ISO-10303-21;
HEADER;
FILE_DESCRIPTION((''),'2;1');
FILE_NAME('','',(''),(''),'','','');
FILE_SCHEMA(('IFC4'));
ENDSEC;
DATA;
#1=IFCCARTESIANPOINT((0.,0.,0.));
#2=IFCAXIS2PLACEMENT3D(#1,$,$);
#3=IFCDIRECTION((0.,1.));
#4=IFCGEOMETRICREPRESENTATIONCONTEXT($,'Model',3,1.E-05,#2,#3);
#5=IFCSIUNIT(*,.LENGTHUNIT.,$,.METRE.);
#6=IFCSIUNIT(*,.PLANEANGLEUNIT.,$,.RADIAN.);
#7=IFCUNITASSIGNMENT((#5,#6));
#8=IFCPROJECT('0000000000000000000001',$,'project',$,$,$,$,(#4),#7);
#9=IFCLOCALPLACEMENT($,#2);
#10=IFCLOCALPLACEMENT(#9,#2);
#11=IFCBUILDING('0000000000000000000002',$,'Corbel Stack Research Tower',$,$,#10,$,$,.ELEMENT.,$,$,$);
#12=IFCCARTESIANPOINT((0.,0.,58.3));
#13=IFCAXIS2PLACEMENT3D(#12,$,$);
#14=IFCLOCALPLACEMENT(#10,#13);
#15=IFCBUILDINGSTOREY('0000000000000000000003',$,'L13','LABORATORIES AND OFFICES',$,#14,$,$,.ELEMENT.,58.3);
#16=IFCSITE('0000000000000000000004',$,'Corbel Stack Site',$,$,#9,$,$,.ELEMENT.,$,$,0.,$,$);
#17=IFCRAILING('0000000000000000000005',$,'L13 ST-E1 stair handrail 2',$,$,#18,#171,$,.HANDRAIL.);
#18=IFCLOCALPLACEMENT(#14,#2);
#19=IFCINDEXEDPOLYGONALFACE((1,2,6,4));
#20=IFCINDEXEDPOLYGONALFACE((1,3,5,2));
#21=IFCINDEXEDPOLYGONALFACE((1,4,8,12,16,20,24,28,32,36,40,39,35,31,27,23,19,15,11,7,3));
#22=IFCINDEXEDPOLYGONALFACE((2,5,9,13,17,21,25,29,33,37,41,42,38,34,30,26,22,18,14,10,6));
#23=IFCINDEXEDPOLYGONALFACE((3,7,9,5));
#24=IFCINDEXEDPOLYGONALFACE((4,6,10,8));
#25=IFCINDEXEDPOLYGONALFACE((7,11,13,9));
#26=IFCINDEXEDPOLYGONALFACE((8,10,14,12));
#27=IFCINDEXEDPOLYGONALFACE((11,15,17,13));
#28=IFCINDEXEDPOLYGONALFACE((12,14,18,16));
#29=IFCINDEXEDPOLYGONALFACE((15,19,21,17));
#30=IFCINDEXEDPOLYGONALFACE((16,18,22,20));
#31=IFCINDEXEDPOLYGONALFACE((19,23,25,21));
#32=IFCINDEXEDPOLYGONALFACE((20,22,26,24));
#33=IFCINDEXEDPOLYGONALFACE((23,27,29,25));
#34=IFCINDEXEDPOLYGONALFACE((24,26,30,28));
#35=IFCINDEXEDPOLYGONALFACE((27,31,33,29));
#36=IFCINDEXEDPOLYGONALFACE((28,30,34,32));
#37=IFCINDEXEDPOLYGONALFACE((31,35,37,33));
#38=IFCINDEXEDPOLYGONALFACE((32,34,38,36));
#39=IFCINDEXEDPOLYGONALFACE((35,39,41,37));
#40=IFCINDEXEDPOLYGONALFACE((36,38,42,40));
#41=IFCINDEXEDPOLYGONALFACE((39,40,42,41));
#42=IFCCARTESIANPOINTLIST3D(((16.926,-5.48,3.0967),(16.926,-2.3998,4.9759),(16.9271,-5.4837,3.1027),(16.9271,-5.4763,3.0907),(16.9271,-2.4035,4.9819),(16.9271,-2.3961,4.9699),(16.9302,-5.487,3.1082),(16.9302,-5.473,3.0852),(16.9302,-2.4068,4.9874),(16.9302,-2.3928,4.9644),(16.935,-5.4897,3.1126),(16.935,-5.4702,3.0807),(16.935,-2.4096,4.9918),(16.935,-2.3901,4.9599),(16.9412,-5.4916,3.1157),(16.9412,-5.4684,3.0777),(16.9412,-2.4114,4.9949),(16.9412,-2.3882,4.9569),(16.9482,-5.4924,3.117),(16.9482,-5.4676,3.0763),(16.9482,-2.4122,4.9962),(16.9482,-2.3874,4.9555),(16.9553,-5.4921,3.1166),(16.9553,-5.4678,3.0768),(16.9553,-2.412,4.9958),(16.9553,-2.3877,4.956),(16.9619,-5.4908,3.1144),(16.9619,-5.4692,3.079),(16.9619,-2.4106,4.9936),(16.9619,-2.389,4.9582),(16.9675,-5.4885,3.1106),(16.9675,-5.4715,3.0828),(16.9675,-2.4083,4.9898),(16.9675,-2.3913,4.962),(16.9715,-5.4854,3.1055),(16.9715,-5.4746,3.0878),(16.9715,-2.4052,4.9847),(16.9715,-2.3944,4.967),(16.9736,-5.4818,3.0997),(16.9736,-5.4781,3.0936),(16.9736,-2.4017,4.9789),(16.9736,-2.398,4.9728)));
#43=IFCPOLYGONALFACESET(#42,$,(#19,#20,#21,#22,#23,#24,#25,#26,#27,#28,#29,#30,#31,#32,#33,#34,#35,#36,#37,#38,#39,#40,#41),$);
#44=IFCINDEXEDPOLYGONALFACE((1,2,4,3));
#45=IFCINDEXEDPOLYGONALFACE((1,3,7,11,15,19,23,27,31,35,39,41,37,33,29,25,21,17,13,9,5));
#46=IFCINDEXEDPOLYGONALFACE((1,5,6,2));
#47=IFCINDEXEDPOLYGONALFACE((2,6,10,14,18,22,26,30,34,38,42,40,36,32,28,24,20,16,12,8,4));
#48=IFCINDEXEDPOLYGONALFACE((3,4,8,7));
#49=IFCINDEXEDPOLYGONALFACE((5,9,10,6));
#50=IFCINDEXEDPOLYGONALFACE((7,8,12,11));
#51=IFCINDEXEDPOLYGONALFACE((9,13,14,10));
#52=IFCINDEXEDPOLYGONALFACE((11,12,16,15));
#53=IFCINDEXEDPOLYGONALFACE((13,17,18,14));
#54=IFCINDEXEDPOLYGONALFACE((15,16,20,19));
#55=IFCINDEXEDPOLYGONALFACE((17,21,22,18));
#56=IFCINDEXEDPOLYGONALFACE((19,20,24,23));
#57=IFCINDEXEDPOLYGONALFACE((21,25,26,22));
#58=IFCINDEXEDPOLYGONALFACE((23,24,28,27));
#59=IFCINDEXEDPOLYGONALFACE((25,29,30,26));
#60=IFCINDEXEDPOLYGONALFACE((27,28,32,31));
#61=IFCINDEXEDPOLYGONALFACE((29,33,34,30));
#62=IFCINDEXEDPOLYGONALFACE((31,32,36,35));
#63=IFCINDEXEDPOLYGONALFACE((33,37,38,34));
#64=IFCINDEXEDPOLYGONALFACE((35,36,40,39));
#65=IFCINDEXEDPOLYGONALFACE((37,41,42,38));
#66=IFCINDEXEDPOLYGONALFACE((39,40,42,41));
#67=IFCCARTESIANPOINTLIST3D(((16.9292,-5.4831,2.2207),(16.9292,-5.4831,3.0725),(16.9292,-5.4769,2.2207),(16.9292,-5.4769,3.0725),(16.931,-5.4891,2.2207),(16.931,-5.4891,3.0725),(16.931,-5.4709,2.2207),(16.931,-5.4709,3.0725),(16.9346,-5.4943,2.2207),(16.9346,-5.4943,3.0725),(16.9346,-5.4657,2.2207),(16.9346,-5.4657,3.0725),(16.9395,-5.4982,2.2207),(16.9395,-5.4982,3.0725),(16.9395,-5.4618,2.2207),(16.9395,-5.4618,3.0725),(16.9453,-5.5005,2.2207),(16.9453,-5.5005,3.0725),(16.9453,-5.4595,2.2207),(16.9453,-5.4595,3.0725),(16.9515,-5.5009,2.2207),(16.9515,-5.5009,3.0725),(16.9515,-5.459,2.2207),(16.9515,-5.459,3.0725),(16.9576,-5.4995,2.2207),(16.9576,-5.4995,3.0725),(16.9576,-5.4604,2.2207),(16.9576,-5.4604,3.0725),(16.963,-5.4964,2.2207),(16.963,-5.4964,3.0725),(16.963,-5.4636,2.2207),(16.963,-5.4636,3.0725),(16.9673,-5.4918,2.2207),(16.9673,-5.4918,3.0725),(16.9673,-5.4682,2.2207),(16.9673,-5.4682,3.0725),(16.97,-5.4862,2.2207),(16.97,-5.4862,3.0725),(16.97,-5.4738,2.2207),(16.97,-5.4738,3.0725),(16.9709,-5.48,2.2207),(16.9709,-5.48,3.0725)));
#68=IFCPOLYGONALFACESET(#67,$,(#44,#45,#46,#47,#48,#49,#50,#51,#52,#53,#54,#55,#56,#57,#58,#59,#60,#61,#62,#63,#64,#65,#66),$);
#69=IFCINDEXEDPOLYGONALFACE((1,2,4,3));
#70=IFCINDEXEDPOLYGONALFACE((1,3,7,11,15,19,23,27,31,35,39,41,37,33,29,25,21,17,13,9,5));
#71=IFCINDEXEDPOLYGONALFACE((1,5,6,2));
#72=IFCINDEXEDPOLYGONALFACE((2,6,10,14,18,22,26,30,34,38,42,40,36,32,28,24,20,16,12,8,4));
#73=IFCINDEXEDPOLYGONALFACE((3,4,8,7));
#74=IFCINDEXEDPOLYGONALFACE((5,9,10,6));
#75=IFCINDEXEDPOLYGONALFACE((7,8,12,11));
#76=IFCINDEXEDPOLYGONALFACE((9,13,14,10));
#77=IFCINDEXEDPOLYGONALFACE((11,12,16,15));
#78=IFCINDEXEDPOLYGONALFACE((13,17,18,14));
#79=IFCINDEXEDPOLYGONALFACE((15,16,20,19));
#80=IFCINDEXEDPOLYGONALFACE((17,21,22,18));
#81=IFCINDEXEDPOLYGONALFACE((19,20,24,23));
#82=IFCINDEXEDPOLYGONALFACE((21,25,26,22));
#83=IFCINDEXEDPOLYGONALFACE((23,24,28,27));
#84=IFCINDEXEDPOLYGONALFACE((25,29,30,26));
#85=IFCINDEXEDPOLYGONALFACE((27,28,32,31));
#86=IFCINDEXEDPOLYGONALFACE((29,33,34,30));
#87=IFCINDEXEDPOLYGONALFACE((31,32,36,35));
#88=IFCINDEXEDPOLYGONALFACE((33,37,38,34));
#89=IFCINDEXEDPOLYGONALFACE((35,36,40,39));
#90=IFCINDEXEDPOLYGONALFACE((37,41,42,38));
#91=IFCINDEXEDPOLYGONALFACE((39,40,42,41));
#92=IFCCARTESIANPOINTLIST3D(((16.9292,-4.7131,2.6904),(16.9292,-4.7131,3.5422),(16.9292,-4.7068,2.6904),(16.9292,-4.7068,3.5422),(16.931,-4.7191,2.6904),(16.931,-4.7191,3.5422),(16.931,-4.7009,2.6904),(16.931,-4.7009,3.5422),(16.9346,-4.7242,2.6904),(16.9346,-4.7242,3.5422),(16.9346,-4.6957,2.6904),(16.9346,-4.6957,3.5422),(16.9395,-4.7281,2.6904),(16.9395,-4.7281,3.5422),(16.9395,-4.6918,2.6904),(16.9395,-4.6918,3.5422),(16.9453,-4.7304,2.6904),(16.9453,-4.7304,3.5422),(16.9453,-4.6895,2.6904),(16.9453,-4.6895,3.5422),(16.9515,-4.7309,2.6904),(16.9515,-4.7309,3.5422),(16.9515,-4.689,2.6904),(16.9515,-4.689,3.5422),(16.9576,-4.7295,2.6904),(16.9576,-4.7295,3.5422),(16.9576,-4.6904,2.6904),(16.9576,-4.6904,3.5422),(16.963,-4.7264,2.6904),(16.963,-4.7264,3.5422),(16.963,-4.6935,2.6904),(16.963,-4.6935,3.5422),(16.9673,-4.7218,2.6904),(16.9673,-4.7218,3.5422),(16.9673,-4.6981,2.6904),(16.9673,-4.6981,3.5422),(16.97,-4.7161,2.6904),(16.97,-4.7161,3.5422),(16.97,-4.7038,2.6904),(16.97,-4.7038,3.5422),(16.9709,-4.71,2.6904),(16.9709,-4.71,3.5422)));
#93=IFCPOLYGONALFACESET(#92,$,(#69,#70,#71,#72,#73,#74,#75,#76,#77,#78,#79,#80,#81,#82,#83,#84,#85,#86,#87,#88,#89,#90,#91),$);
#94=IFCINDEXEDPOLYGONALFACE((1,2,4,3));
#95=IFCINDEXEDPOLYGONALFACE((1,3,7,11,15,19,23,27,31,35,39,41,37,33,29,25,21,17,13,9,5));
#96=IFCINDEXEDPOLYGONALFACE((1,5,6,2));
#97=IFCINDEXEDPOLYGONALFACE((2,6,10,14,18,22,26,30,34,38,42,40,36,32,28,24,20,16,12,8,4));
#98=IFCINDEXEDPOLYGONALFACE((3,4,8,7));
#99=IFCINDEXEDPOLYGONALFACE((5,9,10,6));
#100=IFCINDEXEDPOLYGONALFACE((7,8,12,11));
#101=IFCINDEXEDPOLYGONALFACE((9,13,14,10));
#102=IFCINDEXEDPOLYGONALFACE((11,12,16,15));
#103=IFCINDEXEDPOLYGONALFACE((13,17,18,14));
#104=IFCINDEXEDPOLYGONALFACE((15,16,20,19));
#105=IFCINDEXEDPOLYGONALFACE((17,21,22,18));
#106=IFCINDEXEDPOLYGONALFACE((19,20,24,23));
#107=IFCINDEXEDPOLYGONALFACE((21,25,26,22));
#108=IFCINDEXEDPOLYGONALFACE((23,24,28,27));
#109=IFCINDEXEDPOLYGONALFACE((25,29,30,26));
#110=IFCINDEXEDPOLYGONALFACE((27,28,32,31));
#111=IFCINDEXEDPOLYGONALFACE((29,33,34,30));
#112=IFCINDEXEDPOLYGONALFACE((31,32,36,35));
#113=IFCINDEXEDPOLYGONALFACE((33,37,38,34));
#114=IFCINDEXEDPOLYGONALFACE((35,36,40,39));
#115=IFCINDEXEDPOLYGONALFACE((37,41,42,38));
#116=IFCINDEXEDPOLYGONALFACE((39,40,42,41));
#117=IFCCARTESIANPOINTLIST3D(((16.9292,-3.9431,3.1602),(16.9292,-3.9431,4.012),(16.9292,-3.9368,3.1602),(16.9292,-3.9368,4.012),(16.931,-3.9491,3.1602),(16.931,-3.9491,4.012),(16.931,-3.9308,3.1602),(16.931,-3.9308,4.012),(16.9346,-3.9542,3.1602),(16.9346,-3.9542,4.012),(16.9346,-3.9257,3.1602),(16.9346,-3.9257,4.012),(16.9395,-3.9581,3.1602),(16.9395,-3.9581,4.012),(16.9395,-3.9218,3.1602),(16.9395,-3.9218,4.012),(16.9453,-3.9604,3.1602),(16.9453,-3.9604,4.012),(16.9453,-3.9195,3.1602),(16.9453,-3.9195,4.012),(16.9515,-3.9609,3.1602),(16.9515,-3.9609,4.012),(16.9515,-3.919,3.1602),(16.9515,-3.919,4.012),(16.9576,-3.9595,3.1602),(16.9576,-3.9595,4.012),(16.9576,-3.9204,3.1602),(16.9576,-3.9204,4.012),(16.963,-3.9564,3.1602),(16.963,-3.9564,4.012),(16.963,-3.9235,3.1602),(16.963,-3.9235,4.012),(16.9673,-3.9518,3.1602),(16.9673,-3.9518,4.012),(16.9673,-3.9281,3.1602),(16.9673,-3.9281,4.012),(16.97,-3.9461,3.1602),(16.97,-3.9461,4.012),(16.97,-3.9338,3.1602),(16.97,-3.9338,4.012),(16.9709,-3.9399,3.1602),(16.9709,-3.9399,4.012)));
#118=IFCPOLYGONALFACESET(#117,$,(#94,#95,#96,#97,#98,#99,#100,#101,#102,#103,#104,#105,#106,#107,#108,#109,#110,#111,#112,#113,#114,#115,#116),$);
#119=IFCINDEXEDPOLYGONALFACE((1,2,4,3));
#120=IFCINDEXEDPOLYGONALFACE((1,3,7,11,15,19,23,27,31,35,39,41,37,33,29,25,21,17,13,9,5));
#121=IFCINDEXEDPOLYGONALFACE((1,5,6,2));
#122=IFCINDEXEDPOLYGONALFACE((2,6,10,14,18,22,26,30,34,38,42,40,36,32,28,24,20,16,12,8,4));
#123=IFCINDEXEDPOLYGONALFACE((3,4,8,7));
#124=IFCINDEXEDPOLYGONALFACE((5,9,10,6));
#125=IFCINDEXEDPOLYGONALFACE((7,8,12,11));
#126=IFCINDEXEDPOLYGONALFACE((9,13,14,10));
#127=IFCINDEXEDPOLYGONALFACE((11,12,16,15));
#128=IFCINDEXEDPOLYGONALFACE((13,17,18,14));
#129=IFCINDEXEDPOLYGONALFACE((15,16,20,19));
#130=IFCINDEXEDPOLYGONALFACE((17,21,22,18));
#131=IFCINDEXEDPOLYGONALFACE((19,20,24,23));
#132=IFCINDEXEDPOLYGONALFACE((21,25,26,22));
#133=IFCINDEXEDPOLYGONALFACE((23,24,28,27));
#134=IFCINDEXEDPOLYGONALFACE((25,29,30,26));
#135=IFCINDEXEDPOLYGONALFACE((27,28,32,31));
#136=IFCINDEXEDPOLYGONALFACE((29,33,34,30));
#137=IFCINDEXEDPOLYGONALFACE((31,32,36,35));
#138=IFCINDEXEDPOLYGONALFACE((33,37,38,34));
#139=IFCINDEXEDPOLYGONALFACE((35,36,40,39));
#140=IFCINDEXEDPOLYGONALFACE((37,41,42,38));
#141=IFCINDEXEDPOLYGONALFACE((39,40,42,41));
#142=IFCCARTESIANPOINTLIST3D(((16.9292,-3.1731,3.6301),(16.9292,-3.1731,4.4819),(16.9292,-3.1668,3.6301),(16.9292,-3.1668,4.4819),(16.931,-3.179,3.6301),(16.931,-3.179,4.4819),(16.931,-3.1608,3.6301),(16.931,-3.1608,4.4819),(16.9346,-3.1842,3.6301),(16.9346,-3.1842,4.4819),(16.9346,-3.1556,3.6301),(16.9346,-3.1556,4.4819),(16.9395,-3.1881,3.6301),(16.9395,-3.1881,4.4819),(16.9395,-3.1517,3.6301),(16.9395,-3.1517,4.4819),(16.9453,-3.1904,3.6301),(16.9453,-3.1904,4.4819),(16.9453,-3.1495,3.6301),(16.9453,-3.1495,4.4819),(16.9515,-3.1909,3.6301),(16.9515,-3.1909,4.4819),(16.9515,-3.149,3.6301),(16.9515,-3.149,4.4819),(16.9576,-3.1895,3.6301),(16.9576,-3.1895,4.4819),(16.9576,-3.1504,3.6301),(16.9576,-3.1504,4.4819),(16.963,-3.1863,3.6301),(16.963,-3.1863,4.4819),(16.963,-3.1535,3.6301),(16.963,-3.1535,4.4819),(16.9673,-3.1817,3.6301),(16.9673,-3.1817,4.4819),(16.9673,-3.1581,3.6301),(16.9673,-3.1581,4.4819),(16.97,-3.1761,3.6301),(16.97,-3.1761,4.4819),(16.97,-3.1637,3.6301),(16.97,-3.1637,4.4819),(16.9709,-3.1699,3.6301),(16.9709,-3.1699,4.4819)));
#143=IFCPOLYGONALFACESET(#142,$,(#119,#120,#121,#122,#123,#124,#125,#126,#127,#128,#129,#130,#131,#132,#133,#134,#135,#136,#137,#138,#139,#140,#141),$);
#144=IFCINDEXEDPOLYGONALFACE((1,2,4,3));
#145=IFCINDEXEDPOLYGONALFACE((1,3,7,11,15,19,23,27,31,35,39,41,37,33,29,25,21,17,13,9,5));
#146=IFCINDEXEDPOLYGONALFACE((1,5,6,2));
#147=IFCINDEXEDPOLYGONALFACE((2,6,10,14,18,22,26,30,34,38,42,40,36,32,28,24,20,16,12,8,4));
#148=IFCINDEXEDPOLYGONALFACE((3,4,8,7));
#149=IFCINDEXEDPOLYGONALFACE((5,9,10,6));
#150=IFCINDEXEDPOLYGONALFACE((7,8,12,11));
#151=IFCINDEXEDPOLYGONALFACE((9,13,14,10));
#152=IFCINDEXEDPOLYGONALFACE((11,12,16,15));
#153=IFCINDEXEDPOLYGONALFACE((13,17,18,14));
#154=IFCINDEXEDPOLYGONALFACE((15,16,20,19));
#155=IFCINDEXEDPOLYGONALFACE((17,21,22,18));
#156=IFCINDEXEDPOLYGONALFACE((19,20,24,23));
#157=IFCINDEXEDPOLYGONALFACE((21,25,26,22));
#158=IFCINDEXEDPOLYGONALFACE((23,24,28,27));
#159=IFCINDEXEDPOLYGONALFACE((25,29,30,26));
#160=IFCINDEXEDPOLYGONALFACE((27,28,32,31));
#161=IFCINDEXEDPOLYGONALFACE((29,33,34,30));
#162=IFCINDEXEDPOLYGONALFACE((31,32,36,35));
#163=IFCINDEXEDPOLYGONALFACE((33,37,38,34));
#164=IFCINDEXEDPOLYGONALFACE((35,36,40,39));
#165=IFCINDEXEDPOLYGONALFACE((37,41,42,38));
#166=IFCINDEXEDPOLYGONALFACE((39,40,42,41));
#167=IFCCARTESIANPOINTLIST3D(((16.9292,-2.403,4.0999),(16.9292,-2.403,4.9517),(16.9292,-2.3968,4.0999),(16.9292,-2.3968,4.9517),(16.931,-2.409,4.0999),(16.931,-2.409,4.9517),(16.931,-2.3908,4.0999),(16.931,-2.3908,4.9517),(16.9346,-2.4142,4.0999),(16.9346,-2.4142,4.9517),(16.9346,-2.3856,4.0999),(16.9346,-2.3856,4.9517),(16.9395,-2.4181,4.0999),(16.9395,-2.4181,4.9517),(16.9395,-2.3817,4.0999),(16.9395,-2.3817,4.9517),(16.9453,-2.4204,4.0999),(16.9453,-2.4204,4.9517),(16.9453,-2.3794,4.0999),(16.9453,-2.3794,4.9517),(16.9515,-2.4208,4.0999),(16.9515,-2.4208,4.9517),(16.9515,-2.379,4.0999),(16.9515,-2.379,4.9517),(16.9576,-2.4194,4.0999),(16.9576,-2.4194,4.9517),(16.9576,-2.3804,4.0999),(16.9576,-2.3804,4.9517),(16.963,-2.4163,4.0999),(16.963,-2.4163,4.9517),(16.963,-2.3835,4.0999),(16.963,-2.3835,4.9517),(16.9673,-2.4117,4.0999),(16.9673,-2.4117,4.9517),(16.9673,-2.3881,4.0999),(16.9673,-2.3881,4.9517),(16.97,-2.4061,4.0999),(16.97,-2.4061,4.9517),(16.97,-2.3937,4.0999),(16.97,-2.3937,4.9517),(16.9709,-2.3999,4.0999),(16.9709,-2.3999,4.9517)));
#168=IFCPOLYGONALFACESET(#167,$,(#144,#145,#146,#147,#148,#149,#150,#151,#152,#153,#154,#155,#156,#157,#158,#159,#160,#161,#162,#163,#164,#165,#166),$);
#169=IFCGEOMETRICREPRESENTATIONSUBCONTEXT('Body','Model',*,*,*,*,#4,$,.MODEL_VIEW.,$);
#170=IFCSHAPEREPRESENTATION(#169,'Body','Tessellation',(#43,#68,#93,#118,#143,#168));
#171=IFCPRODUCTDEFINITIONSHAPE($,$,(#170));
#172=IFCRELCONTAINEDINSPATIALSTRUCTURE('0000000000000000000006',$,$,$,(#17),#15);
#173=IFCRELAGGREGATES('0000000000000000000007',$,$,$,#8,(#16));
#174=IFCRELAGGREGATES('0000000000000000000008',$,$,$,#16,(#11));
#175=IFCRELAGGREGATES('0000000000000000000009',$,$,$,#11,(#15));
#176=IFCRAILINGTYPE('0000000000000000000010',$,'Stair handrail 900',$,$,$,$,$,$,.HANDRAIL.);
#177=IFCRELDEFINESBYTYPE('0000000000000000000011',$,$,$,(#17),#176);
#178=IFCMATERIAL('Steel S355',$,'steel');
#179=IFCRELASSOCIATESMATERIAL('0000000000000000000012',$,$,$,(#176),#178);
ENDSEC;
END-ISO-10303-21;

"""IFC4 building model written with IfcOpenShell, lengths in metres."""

from ifc_helpers import new_model, si_unit, direction, frame, origin, origin_2d, place, context, subcontext, project, spatial, circle, extrude, material, type_object, element, save


model = new_model("IFC4")

# Units and contexts
model_context = context("Model", 3, precision=1e-05, world=origin(), true_north=direction((0.0, 1.0)))
body_context = subcontext(model_context, "Body", "Model", "MODEL_VIEW")
ifc_project = project(units=[si_unit("LENGTHUNIT", "METRE"), si_unit("PLANEANGLEUNIT", "RADIAN")], contexts=[model_context])

# Site, building, storey
site_placement = place(None, origin())
site = spatial("IfcSite", under=ifc_project, at=site_placement, Name="Corbel Stack Site", CompositionType="ELEMENT", RefElevation=0.0)
building_placement = place(site_placement, origin())
building = spatial("IfcBuilding", under=site, at=building_placement, Name="Corbel Stack Research Tower", CompositionType="ELEMENT")
storey_placement = place(building_placement, frame((0.0, 0.0, 58.3)))
storey = spatial("IfcBuildingStorey", under=building, at=storey_placement, Name="L13", Description="LABORATORIES AND OFFICES", CompositionType="ELEMENT", Elevation=58.3)

# Railing
ifc_material_1 = material(Name="Steel S355", Category="steel")
railing_type_1 = type_object("IfcRailingType", Name="Stair handrail 900", PredefinedType="HANDRAIL", material=ifc_material_1)
railing_1_placement = place(storey_placement, frame((16.95, -5.48, 2.2207)))
element("IfcRailing", 1, at=railing_1_placement, inside=storey, type_object=railing_type_1, Name="L13 ST-E1 stair handrail 2", PredefinedType="HANDRAIL", context=body_context, shape_type="SweptSolid", body=[
    extrude(circle(Radius=0.0239, at=origin_2d()), frame((0.0, 0.0, 0.876), z_axis=(0.0, 0.853666, 0.52082), x_axis=(-1.0, 0.0, 0.0)), (0.0, 0.0, 1.0), 3.6082),
    extrude(circle(Radius=0.021, at=origin_2d()), origin(), (0.0, 0.0, 1.0), 0.8518),
    extrude(circle(Radius=0.021, at=origin_2d()), frame((0.0, 0.77, 0.4697)), (0.0, 0.0, 1.0), 0.8518),
    extrude(circle(Radius=0.021, at=origin_2d()), frame((0.0, 1.54, 0.9395)), (0.0, 0.0, 1.0), 0.8518),
    extrude(circle(Radius=0.021, at=origin_2d()), frame((0.0, 2.3101, 1.4094)), (0.0, 0.0, 1.0), 0.8518),
    extrude(circle(Radius=0.021, at=origin_2d()), frame((0.0, 3.0801, 1.8792)), (0.0, 0.0, 1.0), 0.8518),
])

save(model, "model.ifc")
